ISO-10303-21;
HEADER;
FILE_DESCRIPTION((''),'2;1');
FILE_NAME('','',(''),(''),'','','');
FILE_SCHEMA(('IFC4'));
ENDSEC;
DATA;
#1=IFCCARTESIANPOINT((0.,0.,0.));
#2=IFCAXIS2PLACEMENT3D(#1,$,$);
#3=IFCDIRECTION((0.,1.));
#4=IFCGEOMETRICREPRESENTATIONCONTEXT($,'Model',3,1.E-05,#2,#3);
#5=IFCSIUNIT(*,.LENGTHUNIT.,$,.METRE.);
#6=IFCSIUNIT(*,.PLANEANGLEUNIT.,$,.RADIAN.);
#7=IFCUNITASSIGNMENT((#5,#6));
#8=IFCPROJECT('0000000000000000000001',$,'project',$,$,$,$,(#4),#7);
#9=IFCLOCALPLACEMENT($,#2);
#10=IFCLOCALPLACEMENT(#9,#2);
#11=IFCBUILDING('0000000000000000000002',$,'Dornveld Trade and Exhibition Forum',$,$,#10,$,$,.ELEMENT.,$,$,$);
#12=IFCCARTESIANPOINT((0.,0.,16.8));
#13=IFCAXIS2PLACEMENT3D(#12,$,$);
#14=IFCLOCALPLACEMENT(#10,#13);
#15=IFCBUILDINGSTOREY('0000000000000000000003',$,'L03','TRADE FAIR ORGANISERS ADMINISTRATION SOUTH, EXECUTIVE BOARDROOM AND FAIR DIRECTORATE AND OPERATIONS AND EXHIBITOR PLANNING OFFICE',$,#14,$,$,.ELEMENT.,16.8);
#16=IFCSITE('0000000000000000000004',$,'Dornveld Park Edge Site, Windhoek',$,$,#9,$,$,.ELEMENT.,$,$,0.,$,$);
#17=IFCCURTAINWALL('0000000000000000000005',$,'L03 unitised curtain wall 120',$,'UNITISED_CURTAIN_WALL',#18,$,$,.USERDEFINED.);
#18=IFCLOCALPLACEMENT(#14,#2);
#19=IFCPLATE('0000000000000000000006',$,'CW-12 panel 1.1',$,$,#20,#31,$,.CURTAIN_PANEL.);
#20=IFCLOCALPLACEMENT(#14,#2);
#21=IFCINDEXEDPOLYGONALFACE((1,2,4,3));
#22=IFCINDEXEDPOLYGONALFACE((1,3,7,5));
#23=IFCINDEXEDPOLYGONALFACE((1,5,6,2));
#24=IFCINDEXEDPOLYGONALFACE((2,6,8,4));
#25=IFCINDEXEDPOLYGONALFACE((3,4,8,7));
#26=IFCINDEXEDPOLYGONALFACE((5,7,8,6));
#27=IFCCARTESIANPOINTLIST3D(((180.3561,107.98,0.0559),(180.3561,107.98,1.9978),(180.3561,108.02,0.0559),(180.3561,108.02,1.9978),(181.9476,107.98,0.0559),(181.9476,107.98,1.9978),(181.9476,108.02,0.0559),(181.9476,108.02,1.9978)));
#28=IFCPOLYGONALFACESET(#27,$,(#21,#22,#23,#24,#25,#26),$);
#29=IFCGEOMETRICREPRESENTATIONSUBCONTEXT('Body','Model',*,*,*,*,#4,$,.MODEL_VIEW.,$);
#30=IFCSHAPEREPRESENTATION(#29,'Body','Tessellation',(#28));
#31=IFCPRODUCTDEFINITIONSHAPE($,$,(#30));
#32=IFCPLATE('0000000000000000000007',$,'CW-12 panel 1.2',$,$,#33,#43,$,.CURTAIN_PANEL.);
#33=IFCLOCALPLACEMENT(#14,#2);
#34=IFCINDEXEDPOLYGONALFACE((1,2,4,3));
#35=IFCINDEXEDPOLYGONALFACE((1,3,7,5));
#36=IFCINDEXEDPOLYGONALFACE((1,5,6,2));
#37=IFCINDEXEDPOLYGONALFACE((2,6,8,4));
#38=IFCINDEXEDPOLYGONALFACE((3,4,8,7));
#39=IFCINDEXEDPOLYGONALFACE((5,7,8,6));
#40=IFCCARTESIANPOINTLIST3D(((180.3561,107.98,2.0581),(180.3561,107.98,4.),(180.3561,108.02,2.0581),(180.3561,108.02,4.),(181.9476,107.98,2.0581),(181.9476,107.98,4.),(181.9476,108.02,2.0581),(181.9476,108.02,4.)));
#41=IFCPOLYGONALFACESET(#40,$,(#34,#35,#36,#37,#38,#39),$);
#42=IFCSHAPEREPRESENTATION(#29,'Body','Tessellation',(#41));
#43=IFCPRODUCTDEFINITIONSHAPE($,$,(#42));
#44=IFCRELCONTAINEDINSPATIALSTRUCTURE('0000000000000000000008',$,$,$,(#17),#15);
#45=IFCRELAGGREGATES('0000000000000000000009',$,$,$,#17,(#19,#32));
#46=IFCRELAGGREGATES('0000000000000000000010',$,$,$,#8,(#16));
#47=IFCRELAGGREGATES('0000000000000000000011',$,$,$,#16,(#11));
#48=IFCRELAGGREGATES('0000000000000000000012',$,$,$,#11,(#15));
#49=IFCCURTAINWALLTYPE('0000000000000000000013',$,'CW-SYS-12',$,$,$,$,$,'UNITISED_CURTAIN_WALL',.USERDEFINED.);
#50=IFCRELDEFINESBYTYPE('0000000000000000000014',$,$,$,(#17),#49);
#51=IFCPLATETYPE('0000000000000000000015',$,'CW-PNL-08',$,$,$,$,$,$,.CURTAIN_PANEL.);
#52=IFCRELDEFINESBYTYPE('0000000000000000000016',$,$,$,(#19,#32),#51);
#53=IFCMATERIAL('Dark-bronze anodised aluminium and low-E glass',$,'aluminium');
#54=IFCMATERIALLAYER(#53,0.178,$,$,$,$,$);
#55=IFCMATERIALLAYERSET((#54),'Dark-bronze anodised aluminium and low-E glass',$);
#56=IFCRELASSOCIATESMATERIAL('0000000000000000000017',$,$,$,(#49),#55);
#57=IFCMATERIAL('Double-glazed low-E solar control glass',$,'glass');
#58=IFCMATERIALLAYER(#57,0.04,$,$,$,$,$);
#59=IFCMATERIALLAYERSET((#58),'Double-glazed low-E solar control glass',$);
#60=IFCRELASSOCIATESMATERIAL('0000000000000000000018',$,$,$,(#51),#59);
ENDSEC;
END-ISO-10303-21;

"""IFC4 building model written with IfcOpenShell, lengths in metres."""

from ifc_helpers import new_model, si_unit, direction, frame, origin, origin_2d, place, context, subcontext, project, spatial, rectangle, extrude, material, layer, layer_set, type_object, element, aggregate, save


model = new_model("IFC4")

# Units and contexts
model_context = context("Model", 3, precision=1e-05, world=origin(), true_north=direction((0.0, 1.0)))
body_context = subcontext(model_context, "Body", "Model", "MODEL_VIEW")
ifc_project = project(units=[si_unit("LENGTHUNIT", "METRE"), si_unit("PLANEANGLEUNIT", "RADIAN")], contexts=[model_context])

# Site, building, storey
site_placement = place(None, origin())
site = spatial("IfcSite", under=ifc_project, at=site_placement, Name="Dornveld Park Edge Site, Windhoek", CompositionType="ELEMENT", RefElevation=0.0)
building_placement = place(site_placement, origin())
building = spatial("IfcBuilding", under=site, at=building_placement, Name="Dornveld Trade and Exhibition Forum", CompositionType="ELEMENT")
storey_placement = place(building_placement, frame((0.0, 0.0, 16.8)))
storey = spatial("IfcBuildingStorey", under=building, at=storey_placement, Name="L03", Description="TRADE FAIR ORGANISERS ADMINISTRATION SOUTH, EXECUTIVE BOARDROOM AND FAIR DIRECTORATE AND OPERATIONS AND EXHIBITOR PLANNING OFFICE", CompositionType="ELEMENT", Elevation=16.8)

# Curtain wall
ifc_material_1 = material(Name="Dark-bronze anodised aluminium and low-E glass", Category="aluminium")
ifc_layer_1 = layer(ifc_material_1, 0.178)
ifc_layer_set_1 = layer_set([ifc_layer_1], Name="Dark-bronze anodised aluminium and low-E glass")
curtain_wall_type_1 = type_object("IfcCurtainWallType", Name="CW-SYS-12", ElementType="UNITISED_CURTAIN_WALL", PredefinedType="USERDEFINED", material=ifc_layer_set_1)
curtain_wall_1_placement = place(storey_placement, origin())
curtain_wall_1 = element("IfcCurtainWall", 1, at=curtain_wall_1_placement, inside=storey, type_object=curtain_wall_type_1, Name="L03 unitised curtain wall 120", ObjectType="UNITISED_CURTAIN_WALL", PredefinedType="USERDEFINED")

# Plates
ifc_material_2 = material(Name="Double-glazed low-E solar control glass", Category="glass")
ifc_layer_2 = layer(ifc_material_2, 0.04)
ifc_layer_set_2 = layer_set([ifc_layer_2], Name="Double-glazed low-E solar control glass")
plate_type_1 = type_object("IfcPlateType", Name="CW-PNL-08", PredefinedType="CURTAIN_PANEL", material=ifc_layer_set_2)
plate_1_placement = place(storey_placement, frame((181.1519, 108.0, 0.0559), z_axis=(0.0, 0.0, 1.0), x_axis=(1.0, 0.0, 0.0)))
plate_1 = element("IfcPlate", 2, at=plate_1_placement, type_object=plate_type_1, Name="CW-12 panel 1.1", PredefinedType="CURTAIN_PANEL", context=body_context, shape_type="SweptSolid", body=[
    extrude(rectangle(XDim=1.5916, YDim=0.04, at=origin_2d()), origin(), (0.0, 0.0, 1.0), 1.9419),
])
plate_2_placement = place(storey_placement, frame((181.1519, 108.0, 2.0581), z_axis=(0.0, 0.0, 1.0), x_axis=(1.0, 0.0, 0.0)))
plate_2 = element("IfcPlate", 3, at=plate_2_placement, type_object=plate_type_1, Name="CW-12 panel 1.2", PredefinedType="CURTAIN_PANEL", context=body_context, shape_type="SweptSolid", body=[
    extrude(rectangle(XDim=1.5916, YDim=0.04, at=origin_2d()), origin(), (0.0, 0.0, 1.0), 1.9419),
])
aggregate(curtain_wall_1, [plate_1, plate_2])

save(model, "model.ifc")
